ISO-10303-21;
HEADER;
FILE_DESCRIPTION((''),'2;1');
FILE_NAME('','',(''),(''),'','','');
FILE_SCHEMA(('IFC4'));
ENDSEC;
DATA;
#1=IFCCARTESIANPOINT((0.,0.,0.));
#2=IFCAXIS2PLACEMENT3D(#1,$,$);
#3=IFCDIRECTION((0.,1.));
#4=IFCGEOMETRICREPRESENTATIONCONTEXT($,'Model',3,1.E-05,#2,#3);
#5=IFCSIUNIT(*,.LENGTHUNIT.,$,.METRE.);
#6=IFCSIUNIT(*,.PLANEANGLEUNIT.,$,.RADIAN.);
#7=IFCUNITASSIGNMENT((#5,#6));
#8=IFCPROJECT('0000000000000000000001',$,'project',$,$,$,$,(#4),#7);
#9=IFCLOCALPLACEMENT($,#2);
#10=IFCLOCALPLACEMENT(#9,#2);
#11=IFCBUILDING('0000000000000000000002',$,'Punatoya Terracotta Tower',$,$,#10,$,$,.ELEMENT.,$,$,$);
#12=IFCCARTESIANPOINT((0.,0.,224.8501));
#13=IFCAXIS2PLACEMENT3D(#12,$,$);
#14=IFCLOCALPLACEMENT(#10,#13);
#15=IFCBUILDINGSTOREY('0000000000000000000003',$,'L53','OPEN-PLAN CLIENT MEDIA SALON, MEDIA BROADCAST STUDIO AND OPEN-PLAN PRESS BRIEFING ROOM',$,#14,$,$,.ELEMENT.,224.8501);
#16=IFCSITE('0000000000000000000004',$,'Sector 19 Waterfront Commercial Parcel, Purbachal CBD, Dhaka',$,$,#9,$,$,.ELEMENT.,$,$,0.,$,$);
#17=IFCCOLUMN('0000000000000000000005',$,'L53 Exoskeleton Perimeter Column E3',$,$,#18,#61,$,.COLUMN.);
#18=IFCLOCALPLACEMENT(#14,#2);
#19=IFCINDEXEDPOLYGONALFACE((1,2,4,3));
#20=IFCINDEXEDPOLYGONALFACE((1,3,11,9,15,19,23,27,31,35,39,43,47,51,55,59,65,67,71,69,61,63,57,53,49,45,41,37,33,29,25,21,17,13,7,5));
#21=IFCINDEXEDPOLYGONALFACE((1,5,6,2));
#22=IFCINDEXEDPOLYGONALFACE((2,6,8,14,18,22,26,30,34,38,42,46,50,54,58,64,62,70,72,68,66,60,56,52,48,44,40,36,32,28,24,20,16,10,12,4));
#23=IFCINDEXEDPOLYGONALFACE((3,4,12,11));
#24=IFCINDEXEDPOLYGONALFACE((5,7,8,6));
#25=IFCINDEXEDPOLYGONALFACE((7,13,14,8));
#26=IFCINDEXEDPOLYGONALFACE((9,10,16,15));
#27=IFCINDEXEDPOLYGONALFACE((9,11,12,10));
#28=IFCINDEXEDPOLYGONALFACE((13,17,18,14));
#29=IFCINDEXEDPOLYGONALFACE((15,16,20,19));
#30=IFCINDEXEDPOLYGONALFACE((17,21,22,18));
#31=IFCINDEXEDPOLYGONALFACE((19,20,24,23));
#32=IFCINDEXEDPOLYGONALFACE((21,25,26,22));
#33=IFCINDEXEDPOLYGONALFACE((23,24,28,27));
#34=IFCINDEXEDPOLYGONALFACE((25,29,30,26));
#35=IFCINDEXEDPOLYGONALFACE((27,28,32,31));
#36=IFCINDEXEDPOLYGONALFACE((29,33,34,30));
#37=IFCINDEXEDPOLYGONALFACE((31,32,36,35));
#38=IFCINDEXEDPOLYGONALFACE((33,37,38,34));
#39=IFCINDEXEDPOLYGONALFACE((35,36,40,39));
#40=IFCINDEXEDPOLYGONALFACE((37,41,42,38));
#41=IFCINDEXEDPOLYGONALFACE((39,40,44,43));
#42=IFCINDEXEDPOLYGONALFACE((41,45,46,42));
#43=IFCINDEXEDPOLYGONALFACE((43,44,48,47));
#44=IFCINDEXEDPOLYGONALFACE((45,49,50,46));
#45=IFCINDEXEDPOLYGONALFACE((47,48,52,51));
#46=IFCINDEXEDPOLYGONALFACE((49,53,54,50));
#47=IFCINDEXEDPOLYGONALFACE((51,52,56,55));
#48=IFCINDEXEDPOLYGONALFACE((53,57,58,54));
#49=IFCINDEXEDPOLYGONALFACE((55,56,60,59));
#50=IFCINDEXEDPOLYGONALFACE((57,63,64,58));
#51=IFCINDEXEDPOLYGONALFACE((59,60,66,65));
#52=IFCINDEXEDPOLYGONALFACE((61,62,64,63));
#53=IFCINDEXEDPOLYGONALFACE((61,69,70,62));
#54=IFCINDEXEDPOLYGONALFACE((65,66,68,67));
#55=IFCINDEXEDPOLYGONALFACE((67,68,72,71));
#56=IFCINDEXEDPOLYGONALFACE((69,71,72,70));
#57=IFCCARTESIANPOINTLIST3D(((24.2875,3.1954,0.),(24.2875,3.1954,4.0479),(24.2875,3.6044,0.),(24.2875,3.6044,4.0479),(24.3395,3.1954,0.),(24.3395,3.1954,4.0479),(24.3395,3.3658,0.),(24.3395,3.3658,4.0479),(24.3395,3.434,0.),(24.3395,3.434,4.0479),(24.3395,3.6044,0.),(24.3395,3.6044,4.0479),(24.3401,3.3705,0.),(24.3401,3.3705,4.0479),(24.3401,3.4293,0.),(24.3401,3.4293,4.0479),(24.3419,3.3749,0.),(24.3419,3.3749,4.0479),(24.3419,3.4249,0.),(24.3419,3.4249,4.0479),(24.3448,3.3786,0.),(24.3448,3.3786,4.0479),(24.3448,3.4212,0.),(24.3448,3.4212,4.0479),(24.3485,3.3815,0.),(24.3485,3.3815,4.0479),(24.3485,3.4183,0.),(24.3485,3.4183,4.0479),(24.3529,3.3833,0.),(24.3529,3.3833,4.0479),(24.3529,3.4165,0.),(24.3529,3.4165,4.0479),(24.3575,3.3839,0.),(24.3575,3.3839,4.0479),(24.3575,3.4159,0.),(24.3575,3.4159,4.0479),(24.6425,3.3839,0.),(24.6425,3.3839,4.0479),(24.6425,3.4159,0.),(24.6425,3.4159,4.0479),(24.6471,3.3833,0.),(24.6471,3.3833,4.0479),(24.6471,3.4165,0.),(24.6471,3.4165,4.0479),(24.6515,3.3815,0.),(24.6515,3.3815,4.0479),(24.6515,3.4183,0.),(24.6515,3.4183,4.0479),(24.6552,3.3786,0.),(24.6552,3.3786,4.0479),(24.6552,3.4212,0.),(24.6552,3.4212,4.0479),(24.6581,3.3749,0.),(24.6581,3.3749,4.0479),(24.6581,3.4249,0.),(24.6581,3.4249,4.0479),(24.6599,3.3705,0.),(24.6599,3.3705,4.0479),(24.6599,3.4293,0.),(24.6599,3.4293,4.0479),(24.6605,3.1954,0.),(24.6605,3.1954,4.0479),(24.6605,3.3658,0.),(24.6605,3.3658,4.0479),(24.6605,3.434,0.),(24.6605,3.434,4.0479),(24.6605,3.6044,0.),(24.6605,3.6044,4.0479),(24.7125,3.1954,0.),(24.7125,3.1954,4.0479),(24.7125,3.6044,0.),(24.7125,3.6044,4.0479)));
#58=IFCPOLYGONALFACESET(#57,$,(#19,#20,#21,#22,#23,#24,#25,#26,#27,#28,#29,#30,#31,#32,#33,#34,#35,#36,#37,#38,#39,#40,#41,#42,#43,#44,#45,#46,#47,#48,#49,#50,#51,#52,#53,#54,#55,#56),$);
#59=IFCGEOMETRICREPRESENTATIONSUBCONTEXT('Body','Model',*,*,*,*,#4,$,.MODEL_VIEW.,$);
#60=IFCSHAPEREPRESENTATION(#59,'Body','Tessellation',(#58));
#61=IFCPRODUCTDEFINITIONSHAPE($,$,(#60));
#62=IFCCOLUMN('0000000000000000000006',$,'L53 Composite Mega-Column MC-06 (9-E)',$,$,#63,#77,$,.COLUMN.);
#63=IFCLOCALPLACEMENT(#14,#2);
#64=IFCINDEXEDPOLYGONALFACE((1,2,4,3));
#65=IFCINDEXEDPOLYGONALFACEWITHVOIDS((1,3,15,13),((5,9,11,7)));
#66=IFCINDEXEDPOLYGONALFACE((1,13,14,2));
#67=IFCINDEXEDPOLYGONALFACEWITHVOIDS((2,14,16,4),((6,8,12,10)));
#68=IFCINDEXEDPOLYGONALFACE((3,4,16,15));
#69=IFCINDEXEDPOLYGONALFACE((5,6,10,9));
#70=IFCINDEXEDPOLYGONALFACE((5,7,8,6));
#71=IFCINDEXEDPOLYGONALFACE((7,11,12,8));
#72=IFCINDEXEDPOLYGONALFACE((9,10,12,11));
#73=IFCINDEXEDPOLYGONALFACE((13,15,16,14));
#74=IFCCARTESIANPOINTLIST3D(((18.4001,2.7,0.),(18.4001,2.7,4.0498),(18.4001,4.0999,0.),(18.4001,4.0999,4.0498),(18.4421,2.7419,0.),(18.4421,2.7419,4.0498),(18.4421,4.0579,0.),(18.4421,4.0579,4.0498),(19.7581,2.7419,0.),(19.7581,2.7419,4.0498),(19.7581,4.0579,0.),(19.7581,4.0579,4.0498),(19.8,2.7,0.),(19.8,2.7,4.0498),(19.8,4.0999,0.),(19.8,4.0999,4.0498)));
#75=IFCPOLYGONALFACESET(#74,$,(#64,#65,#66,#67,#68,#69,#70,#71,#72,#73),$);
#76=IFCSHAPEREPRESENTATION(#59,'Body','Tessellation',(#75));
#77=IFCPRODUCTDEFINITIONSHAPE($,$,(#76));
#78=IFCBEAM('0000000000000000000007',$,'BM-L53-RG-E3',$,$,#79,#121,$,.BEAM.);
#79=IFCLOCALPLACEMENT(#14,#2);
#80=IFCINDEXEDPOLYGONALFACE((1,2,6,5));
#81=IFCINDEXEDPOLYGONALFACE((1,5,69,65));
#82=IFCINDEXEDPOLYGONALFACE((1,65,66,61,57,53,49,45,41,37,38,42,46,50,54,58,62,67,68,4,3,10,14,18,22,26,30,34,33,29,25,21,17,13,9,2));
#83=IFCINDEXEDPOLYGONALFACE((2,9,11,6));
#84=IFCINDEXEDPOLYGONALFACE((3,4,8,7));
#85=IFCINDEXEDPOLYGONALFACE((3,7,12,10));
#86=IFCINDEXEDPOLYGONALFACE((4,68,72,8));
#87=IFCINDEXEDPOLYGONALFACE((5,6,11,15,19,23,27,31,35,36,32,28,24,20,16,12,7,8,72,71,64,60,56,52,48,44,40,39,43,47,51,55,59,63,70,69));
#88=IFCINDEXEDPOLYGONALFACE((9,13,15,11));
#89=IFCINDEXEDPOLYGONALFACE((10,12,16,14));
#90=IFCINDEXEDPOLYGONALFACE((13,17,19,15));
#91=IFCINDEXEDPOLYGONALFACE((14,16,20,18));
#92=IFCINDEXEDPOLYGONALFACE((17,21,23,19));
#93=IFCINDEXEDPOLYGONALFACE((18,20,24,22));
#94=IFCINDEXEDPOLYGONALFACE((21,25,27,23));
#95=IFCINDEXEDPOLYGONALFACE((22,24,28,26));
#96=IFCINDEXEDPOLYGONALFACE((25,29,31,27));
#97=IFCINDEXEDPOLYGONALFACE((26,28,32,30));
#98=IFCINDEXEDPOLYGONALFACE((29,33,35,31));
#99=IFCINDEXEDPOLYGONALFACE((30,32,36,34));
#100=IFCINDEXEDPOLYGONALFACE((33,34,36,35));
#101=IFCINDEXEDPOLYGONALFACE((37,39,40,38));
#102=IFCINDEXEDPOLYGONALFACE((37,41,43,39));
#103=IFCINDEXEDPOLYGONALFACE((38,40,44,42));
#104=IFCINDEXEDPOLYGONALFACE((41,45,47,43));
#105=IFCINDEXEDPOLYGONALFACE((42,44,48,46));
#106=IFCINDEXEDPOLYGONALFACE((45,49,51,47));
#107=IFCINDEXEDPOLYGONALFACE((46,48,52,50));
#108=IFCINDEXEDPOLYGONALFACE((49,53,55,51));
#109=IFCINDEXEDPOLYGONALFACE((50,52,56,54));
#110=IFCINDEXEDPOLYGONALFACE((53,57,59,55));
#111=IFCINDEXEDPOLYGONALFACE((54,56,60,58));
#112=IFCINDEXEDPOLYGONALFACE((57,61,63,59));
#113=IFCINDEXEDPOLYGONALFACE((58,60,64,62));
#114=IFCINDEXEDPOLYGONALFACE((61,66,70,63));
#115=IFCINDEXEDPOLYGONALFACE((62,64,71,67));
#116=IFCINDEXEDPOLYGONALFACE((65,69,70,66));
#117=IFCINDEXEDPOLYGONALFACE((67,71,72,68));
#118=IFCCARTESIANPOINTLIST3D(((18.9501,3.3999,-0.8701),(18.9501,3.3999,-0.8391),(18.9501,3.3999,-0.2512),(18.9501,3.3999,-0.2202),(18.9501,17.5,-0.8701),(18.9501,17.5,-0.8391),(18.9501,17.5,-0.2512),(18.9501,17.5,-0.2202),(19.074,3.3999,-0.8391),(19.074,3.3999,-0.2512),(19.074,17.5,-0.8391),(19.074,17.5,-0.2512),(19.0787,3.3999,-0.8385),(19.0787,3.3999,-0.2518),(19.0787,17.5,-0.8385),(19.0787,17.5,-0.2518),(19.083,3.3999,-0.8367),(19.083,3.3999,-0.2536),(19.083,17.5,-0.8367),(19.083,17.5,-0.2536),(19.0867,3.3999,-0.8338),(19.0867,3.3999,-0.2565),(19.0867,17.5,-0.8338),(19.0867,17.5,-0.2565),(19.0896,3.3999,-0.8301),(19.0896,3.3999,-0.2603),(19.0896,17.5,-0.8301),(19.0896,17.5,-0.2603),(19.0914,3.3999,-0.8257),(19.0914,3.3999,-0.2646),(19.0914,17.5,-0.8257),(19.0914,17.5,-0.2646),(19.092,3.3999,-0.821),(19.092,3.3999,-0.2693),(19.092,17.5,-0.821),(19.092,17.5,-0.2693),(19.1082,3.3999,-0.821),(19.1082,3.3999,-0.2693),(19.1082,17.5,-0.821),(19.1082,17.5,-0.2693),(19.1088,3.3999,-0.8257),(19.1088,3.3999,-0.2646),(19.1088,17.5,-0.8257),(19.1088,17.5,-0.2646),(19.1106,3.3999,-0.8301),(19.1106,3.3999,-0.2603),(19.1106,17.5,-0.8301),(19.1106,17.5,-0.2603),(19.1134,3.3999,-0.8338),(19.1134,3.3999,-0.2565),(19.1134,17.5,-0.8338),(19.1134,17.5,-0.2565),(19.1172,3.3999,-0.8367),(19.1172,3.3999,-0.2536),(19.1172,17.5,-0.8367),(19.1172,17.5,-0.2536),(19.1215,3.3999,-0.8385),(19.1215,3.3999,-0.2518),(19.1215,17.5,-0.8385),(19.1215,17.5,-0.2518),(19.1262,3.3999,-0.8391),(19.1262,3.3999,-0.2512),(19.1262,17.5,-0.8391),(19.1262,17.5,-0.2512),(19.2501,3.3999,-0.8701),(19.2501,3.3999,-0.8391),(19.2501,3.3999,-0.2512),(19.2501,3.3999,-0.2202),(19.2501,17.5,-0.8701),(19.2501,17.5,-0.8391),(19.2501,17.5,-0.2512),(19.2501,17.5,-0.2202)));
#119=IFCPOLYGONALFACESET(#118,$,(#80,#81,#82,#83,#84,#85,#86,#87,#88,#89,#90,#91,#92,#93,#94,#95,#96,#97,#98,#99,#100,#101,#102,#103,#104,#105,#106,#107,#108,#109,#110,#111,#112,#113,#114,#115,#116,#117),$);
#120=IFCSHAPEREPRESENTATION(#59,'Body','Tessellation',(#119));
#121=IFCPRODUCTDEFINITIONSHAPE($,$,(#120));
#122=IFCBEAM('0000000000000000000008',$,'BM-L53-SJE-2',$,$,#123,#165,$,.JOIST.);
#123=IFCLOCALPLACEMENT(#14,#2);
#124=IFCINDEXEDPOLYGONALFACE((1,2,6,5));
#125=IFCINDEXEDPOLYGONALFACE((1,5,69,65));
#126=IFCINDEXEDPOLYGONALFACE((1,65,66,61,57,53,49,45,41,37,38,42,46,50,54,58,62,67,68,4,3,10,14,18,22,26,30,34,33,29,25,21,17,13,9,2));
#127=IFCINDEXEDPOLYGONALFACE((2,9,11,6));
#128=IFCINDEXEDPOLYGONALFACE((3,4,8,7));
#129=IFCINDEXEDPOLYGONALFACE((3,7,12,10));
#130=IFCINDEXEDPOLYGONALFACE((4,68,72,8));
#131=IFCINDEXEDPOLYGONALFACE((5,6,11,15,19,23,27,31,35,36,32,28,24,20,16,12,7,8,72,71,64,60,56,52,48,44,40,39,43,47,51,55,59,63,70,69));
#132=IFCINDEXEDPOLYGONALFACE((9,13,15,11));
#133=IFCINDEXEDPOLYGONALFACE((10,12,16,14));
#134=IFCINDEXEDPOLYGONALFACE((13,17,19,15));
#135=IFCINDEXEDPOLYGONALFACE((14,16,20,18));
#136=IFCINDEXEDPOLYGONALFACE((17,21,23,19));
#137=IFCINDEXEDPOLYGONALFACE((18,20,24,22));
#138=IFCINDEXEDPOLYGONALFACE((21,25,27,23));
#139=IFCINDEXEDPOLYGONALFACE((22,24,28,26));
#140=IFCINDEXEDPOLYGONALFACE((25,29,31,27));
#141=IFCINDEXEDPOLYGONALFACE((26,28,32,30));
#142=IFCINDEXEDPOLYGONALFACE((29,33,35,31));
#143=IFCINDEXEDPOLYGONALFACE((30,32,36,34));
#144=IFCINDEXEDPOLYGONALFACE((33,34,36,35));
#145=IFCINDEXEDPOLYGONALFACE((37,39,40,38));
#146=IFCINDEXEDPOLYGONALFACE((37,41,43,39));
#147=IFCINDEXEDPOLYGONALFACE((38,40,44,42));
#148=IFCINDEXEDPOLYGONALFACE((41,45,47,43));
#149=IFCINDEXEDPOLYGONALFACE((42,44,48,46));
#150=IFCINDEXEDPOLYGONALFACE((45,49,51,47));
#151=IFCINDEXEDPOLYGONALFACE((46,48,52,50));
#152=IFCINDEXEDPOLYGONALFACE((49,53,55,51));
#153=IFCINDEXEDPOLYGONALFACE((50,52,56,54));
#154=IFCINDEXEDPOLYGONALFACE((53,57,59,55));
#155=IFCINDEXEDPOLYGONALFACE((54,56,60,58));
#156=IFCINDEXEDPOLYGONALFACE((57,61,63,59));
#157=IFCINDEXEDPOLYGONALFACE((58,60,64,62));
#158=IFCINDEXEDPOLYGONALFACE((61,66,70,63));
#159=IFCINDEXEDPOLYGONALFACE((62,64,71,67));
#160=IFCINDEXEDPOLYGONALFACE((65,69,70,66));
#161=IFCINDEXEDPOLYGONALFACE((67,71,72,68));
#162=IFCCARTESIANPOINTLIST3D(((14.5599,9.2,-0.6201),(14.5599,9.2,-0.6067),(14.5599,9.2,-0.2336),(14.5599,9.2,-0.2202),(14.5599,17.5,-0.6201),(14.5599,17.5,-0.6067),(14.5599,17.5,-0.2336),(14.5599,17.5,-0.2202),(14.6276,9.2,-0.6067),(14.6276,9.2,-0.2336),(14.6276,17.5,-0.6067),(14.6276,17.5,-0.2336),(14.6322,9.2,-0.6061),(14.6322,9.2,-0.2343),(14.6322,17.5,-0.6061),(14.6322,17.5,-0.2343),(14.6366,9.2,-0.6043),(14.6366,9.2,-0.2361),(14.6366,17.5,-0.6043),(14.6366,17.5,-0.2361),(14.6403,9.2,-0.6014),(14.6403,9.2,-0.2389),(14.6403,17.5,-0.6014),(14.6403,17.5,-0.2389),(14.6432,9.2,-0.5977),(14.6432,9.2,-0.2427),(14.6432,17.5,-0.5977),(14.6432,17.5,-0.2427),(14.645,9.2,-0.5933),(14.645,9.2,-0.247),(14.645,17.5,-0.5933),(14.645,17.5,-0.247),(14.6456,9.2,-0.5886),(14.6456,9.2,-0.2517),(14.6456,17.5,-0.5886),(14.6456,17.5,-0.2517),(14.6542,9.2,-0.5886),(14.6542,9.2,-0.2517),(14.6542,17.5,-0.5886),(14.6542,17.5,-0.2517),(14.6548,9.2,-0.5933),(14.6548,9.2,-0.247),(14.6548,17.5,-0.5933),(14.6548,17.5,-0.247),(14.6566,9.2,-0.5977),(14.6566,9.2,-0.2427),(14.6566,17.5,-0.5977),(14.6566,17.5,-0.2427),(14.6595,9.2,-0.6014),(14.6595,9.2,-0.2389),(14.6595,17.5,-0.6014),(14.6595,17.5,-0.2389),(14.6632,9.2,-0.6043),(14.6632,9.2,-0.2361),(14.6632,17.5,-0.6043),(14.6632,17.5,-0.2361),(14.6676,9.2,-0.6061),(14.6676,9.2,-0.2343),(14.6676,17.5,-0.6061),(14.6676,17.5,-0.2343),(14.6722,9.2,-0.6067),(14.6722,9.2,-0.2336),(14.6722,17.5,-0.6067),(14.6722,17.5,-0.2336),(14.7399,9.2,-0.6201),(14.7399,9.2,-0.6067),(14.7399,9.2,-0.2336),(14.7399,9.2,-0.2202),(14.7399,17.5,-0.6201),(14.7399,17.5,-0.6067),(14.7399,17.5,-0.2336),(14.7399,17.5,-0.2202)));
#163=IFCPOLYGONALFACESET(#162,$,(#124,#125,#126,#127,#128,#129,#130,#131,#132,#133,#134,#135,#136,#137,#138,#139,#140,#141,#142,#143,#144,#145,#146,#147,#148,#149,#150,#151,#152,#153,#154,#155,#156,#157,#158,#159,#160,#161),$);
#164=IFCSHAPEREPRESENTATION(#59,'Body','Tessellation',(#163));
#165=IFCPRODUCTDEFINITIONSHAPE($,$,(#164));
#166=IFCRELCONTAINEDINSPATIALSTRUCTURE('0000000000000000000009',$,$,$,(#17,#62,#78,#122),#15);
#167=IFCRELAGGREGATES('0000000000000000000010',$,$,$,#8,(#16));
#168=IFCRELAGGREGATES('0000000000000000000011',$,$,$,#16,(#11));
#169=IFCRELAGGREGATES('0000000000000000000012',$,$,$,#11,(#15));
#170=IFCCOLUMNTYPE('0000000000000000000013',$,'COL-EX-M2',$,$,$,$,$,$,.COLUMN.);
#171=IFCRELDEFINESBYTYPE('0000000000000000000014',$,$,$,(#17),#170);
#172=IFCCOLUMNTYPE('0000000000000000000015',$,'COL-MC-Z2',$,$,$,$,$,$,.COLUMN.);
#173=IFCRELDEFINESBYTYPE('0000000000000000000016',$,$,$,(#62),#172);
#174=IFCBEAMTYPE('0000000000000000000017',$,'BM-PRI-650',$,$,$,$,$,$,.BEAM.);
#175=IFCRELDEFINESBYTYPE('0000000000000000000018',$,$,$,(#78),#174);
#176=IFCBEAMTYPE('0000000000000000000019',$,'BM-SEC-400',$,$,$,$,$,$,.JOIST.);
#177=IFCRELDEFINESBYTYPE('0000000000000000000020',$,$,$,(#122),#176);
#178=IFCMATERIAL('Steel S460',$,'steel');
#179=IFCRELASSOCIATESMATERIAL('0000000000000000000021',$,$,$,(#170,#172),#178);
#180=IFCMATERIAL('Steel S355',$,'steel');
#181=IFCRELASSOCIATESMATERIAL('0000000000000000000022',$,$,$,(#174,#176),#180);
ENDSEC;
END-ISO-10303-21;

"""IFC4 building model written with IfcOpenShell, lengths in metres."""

from ifc_helpers import new_model, si_unit, direction, frame, origin, origin_2d, place, context, subcontext, project, spatial, hollow_rectangle, i_section, extrude, material, material_profile, profile_set, type_object, element, save


model = new_model("IFC4")

# Units and contexts
model_context = context("Model", 3, precision=1e-05, world=origin(), true_north=direction((0.0, 1.0)))
body_context = subcontext(model_context, "Body", "Model", "MODEL_VIEW")
ifc_project = project(units=[si_unit("LENGTHUNIT", "METRE"), si_unit("PLANEANGLEUNIT", "RADIAN")], contexts=[model_context])

# Site, building, storey
site_placement = place(None, origin())
site = spatial("IfcSite", under=ifc_project, at=site_placement, Name="Sector 19 Waterfront Commercial Parcel, Purbachal CBD, Dhaka", CompositionType="ELEMENT", RefElevation=0.0)
building_placement = place(site_placement, origin())
building = spatial("IfcBuilding", under=site, at=building_placement, Name="Punatoya Terracotta Tower", CompositionType="ELEMENT")
storey_placement = place(building_placement, frame((0.0, 0.0, 224.8501)))
storey = spatial("IfcBuildingStorey", under=building, at=storey_placement, Name="L53", Description="OPEN-PLAN CLIENT MEDIA SALON, MEDIA BROADCAST STUDIO AND OPEN-PLAN PRESS BRIEFING ROOM", CompositionType="ELEMENT", Elevation=224.8501)

# Columns
ifc_material_1 = material(Name="Steel S460", Category="steel")
ifc_material_profile_1 = material_profile(ifc_material_1, i_section(OverallWidth=0.4089, OverallDepth=0.425, WebThickness=0.032, FlangeThickness=0.052, FilletRadius=0.0181, at=origin_2d()))
ifc_profile_set_1 = profile_set([ifc_material_profile_1], Name="Steel S460")
column_type_1 = type_object("IfcColumnType", Name="COL-EX-M2", PredefinedType="COLUMN", material=ifc_profile_set_1)
column_1_placement = place(storey_placement, frame((24.5, 3.3999, 0.0), z_axis=(0.0, 0.0, 1.0), x_axis=(0.0, 1.0, 0.0)))
element("IfcColumn", 1, at=column_1_placement, inside=storey, type_object=column_type_1, Name="L53 Exoskeleton Perimeter Column E3", PredefinedType="COLUMN", context=body_context, shape_type="SweptSolid", body=[
    extrude(i_section(OverallWidth=0.4089, OverallDepth=0.425, WebThickness=0.032, FlangeThickness=0.052, FilletRadius=0.0181, at=origin_2d()), origin(), (0.0, 0.0, 1.0), 4.0479),
])
ifc_material_profile_2 = material_profile(ifc_material_1, hollow_rectangle(XDim=1.3999, YDim=1.3999, WallThickness=0.042, at=origin_2d()))
ifc_profile_set_2 = profile_set([ifc_material_profile_2], Name="Steel S460")
column_type_2 = type_object("IfcColumnType", Name="COL-MC-Z2", PredefinedType="COLUMN", material=ifc_profile_set_2)
column_2_placement = place(storey_placement, frame((19.1001, 3.3999, 0.0), z_axis=(0.0, 0.0, 1.0), x_axis=(1.0, 0.0, 0.0)))
element("IfcColumn", 2, at=column_2_placement, inside=storey, type_object=column_type_2, Name="L53 Composite Mega-Column MC-06 (9-E)", PredefinedType="COLUMN", context=body_context, shape_type="SweptSolid", body=[
    extrude(hollow_rectangle(XDim=1.3999, YDim=1.3999, WallThickness=0.042, at=origin_2d()), origin(), (0.0, 0.0, 1.0), 4.0498),
])

# Beams
ifc_material_2 = material(Name="Steel S355", Category="steel")
ifc_material_profile_3 = material_profile(ifc_material_2, i_section(OverallWidth=0.3, OverallDepth=0.6499, WebThickness=0.0161, FlangeThickness=0.031, FilletRadius=0.0181, at=origin_2d()))
ifc_profile_set_3 = profile_set([ifc_material_profile_3], Name="Steel S355")
beam_type_1 = type_object("IfcBeamType", Name="BM-PRI-650", PredefinedType="BEAM", material=ifc_profile_set_3)
beam_1_placement = place(storey_placement, frame((19.1001, 3.3999, -0.5452), z_axis=(0.0, 1.0, 0.0), x_axis=(-1.0, 0.0, 0.0)))
element("IfcBeam", 3, at=beam_1_placement, inside=storey, type_object=beam_type_1, Name="BM-L53-RG-E3", PredefinedType="BEAM", context=body_context, shape_type="SweptSolid", body=[
    extrude(i_section(OverallWidth=0.3, OverallDepth=0.6499, WebThickness=0.0161, FlangeThickness=0.031, FilletRadius=0.0181, at=origin_2d()), origin(), (0.0, 0.0, 1.0), 14.1001),
])
ifc_material_profile_4 = material_profile(ifc_material_2, i_section(OverallWidth=0.1799, OverallDepth=0.3999, WebThickness=0.0085, FlangeThickness=0.0134, FilletRadius=0.0181, at=origin_2d()))
ifc_profile_set_4 = profile_set([ifc_material_profile_4], Name="Steel S355")
beam_type_2 = type_object("IfcBeamType", Name="BM-SEC-400", PredefinedType="JOIST", material=ifc_profile_set_4)
beam_2_placement = place(storey_placement, frame((14.6499, 9.2, -0.4202), z_axis=(0.0, 1.0, 0.0), x_axis=(-1.0, 0.0, 0.0)))
element("IfcBeam", 4, at=beam_2_placement, inside=storey, type_object=beam_type_2, Name="BM-L53-SJE-2", PredefinedType="JOIST", context=body_context, shape_type="SweptSolid", body=[
    extrude(i_section(OverallWidth=0.1799, OverallDepth=0.3999, WebThickness=0.0085, FlangeThickness=0.0134, FilletRadius=0.0181, at=origin_2d()), origin(), (0.0, 0.0, 1.0), 8.3),
])

save(model, "model.ifc")
